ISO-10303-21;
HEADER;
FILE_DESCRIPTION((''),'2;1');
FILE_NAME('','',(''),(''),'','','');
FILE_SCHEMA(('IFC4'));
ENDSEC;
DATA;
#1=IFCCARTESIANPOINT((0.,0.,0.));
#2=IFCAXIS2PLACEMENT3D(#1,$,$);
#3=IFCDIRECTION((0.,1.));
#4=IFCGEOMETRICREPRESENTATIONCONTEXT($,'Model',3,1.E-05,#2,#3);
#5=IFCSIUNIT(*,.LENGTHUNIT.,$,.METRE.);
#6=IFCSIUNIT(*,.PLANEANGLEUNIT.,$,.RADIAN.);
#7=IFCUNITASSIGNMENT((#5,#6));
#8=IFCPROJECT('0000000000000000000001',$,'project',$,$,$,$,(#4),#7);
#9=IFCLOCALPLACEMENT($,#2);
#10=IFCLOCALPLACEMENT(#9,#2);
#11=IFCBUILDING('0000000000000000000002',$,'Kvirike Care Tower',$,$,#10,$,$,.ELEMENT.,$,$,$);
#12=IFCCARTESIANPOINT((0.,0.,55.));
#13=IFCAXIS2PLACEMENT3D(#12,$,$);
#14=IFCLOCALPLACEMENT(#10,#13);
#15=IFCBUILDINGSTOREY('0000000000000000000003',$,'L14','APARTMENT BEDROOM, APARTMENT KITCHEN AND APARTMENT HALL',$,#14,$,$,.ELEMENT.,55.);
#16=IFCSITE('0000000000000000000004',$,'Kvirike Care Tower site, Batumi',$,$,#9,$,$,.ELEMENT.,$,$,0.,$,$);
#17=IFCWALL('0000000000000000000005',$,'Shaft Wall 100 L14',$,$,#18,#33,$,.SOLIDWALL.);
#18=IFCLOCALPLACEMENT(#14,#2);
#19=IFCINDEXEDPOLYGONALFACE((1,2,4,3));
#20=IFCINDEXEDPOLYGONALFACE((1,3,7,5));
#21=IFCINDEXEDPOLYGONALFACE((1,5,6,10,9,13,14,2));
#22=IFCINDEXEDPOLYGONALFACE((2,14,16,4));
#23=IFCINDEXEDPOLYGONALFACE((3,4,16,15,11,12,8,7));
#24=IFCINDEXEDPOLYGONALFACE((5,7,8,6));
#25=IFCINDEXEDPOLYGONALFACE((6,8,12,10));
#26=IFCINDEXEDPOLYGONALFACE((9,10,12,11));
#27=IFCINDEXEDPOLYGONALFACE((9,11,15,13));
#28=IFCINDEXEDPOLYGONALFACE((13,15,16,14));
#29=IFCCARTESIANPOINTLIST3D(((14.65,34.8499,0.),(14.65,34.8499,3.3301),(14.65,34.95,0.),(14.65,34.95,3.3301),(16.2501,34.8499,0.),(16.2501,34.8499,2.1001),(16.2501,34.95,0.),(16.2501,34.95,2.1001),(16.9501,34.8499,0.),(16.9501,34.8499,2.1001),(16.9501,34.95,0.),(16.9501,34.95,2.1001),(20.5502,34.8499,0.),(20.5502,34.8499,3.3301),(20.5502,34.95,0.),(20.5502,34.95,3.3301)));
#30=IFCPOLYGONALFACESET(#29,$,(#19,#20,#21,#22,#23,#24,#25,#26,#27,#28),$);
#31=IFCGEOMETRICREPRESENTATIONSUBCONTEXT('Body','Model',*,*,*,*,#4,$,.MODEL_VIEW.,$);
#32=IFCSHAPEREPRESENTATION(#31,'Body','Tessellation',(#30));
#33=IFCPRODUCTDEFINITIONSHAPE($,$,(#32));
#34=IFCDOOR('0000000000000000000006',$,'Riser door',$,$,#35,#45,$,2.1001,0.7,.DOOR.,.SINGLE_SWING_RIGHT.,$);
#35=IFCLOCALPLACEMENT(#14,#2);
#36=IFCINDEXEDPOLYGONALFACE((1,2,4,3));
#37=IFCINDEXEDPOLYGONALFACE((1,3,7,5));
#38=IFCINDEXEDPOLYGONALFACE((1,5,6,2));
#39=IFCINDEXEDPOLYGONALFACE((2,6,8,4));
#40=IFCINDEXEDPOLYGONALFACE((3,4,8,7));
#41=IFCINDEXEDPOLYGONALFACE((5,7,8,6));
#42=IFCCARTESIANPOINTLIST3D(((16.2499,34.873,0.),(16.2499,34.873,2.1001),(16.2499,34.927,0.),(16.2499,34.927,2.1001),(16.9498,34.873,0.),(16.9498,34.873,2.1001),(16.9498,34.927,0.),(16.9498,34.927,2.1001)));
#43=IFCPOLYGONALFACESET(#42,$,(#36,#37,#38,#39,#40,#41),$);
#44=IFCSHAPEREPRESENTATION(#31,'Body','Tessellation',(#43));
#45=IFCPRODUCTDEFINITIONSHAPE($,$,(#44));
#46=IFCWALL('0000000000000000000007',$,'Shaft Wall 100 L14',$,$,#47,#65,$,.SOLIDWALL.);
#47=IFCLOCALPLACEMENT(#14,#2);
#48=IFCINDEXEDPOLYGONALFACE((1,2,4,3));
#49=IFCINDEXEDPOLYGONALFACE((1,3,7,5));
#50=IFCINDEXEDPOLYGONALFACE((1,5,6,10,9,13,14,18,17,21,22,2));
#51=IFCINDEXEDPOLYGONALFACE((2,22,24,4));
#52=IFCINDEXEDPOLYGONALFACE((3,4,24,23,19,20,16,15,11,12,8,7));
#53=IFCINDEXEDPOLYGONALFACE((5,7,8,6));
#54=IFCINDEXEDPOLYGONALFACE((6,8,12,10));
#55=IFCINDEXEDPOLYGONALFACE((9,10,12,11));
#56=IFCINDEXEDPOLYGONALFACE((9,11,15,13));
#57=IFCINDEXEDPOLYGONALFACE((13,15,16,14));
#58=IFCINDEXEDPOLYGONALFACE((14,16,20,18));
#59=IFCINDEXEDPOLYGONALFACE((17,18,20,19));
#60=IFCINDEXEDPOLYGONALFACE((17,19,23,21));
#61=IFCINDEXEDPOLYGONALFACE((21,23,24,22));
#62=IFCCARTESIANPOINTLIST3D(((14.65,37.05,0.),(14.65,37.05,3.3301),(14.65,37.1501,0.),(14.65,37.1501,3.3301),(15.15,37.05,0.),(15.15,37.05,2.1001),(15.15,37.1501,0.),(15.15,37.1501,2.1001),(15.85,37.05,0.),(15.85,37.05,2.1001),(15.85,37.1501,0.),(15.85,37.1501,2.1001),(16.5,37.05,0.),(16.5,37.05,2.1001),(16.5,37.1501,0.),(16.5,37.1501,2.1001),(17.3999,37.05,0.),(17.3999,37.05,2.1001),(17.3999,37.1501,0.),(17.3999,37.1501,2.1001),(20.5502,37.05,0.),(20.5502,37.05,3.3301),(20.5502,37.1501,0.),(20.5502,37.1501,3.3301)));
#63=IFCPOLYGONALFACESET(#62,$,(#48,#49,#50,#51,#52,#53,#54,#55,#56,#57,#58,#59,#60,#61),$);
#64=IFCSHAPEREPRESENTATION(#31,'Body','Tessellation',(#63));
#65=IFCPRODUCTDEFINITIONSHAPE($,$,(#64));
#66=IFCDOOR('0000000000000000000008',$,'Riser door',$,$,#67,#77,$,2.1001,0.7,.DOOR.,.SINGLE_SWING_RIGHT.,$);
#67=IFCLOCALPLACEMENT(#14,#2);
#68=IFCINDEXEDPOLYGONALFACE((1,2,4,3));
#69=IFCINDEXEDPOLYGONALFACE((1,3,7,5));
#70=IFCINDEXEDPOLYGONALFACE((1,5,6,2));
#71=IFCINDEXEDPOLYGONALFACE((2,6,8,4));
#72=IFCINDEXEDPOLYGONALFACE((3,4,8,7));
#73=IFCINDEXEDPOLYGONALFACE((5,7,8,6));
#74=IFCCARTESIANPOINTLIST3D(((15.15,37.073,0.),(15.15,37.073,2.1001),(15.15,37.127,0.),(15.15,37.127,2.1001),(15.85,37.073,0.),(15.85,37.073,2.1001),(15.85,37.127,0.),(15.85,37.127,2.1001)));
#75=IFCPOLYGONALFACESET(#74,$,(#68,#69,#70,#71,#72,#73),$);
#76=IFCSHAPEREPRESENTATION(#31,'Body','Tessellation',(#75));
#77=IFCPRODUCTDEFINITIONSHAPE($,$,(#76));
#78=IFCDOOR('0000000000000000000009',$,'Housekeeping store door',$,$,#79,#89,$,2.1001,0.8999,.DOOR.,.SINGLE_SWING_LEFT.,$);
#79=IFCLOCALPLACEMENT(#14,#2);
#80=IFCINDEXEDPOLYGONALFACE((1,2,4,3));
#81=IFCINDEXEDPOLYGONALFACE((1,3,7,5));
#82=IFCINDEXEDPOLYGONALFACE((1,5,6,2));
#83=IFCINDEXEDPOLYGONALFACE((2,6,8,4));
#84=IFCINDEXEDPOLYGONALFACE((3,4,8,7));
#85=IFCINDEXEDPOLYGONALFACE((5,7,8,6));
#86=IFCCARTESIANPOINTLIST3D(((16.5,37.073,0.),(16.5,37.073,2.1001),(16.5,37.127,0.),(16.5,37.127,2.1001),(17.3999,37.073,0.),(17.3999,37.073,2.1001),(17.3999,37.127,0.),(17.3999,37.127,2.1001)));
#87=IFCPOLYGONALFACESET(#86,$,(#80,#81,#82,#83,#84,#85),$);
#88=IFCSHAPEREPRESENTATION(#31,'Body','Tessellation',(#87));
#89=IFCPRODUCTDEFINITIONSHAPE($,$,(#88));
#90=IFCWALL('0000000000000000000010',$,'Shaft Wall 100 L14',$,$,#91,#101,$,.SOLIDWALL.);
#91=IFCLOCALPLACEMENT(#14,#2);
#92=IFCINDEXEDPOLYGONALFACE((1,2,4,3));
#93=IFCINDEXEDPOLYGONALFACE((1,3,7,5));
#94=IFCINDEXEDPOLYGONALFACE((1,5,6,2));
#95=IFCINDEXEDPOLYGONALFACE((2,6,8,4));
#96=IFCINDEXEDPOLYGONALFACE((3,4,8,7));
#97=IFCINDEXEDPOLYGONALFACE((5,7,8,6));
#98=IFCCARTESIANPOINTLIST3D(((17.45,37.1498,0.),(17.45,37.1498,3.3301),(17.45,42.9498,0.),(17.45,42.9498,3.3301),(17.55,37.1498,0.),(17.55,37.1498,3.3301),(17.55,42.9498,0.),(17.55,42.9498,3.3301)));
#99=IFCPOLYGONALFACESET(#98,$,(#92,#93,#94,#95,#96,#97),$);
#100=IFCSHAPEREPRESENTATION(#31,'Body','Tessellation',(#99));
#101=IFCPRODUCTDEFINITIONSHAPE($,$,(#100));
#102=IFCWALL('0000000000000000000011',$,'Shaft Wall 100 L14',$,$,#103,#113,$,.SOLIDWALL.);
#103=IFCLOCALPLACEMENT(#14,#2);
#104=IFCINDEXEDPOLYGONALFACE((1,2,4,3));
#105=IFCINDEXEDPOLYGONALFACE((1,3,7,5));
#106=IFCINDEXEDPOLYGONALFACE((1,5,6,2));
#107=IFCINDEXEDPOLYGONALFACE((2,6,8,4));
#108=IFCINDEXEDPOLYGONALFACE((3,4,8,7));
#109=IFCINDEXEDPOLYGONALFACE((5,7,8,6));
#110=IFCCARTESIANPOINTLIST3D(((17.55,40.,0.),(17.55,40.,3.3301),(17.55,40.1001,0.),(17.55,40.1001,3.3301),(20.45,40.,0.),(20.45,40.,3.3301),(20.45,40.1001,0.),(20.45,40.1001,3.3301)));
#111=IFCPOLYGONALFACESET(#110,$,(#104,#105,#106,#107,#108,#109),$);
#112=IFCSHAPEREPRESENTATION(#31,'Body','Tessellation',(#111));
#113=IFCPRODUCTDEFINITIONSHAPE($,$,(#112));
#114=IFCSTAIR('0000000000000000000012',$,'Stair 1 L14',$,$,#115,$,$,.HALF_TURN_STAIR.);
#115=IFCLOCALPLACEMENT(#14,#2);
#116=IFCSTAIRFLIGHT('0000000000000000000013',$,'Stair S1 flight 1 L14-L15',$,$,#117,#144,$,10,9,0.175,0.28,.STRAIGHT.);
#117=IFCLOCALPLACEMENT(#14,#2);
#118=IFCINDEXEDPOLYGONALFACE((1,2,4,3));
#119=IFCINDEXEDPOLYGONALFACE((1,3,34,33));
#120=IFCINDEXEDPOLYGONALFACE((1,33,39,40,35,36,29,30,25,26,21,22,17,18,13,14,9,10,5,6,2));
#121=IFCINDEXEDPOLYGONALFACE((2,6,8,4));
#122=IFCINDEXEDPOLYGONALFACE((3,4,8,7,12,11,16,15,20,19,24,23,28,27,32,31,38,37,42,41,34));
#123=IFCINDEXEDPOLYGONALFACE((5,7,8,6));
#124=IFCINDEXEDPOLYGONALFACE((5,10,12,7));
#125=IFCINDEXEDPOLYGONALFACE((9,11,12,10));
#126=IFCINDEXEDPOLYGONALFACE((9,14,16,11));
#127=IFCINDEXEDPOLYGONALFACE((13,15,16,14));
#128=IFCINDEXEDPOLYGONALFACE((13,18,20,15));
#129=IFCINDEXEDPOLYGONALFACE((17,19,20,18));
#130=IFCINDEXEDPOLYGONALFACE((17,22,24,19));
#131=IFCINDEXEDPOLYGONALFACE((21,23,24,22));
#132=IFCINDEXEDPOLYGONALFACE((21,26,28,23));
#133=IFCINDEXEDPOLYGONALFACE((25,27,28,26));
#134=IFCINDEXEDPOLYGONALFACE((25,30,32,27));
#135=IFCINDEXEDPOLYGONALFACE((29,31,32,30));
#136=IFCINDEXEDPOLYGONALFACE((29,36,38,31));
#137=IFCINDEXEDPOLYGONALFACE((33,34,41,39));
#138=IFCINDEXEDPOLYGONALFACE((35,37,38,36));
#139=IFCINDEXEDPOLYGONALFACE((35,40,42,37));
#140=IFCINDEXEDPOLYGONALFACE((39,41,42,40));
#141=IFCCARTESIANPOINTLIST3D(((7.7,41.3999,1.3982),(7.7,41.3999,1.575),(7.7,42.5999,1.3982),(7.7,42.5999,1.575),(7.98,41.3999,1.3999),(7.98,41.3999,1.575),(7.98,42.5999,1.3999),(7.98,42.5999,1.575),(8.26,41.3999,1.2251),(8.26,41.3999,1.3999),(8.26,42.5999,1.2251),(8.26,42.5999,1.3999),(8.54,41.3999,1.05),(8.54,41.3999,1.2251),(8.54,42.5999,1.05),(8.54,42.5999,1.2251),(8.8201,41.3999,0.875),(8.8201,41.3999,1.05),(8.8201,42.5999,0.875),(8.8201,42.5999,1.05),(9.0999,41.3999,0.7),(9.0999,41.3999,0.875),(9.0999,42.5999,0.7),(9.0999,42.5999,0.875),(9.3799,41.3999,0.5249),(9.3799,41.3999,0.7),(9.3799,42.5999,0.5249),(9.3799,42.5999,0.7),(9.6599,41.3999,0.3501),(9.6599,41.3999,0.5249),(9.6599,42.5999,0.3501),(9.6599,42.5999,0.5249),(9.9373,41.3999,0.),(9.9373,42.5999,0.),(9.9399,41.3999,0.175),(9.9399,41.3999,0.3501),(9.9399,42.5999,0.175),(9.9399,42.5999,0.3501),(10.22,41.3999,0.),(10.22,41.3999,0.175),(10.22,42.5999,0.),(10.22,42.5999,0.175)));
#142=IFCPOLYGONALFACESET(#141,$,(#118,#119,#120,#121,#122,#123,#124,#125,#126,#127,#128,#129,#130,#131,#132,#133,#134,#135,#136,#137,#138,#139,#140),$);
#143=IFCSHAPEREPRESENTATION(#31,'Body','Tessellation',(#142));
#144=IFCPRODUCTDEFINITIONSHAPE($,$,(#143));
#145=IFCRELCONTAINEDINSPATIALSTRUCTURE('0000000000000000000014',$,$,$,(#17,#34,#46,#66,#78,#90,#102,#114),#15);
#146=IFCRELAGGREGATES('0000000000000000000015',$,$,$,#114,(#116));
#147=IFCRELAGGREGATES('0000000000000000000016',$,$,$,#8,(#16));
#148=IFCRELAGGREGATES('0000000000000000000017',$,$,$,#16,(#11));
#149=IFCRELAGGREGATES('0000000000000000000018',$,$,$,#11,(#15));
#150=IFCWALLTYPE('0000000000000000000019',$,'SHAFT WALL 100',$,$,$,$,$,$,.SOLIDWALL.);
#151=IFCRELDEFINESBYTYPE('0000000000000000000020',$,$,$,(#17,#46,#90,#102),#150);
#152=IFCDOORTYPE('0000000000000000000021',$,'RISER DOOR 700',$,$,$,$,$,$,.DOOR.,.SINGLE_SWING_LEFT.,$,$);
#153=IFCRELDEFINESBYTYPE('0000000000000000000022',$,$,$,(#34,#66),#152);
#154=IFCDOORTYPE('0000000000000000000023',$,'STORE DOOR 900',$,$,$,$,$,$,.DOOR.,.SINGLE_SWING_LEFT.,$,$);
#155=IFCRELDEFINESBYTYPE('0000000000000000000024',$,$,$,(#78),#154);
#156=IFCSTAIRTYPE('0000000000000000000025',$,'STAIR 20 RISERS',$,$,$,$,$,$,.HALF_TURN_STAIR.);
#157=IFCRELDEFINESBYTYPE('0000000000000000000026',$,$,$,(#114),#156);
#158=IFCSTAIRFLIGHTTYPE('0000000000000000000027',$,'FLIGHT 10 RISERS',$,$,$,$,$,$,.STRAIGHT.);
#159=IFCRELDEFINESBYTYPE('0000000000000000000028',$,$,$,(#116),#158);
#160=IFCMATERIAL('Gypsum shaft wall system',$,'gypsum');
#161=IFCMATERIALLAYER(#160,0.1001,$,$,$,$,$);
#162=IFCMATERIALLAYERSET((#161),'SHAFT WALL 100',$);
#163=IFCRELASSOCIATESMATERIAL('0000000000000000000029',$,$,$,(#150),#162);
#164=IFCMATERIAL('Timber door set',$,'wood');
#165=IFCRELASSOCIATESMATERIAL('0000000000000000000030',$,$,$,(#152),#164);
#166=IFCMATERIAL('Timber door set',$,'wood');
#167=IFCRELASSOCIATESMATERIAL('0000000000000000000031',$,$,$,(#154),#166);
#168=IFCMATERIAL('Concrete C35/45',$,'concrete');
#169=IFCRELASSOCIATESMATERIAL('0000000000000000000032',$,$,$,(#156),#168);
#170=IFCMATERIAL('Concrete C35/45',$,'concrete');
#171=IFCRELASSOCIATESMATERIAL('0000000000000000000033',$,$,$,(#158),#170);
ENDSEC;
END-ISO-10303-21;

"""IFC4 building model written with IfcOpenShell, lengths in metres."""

from ifc_helpers import new_model, si_unit, direction, frame, frame_2d, origin, place, context, subcontext, project, spatial, polyline, rectangle, outline, extrude, material, layer, layer_set, type_object, element, fill, aggregate, save


model = new_model("IFC4")

# Units and contexts
model_context = context("Model", 3, precision=1e-05, world=origin(), true_north=direction((0.0, 1.0)))
body_context = subcontext(model_context, "Body", "Model", "MODEL_VIEW")
ifc_project = project(units=[si_unit("LENGTHUNIT", "METRE"), si_unit("PLANEANGLEUNIT", "RADIAN")], contexts=[model_context])

# Site, building, storey
site_placement = place(None, origin())
site = spatial("IfcSite", under=ifc_project, at=site_placement, Name="Kvirike Care Tower site, Batumi", CompositionType="ELEMENT", RefElevation=0.0)
building_placement = place(site_placement, origin())
building = spatial("IfcBuilding", under=site, at=building_placement, Name="Kvirike Care Tower", CompositionType="ELEMENT")
storey_placement = place(building_placement, frame((0.0, 0.0, 55.0)))
storey = spatial("IfcBuildingStorey", under=building, at=storey_placement, Name="L14", Description="APARTMENT BEDROOM, APARTMENT KITCHEN AND APARTMENT HALL", CompositionType="ELEMENT", Elevation=55.0)

# Shared definitions
ifc_material_1 = material(Name="Gypsum shaft wall system", Category="gypsum")
ifc_layer_1 = layer(ifc_material_1, 0.1001)
ifc_layer_set_1 = layer_set([ifc_layer_1], Name="SHAFT WALL 100")
wall_type_1 = type_object("IfcWallType", Name="SHAFT WALL 100", PredefinedType="SOLIDWALL", material=ifc_layer_set_1)

# Wall, opening, door
wall_1_placement = place(storey_placement, frame((14.6499, 34.8999, 0.0), z_axis=(0.0, 0.0, 1.0), x_axis=(1.0, 0.0, 0.0)))
wall_1 = element("IfcWall", 1, at=wall_1_placement, inside=storey, type_object=wall_type_1, Name="Shaft Wall 100 L14", PredefinedType="SOLIDWALL", context=body_context, shape_type="SweptSolid", body=[
    extrude(rectangle(XDim=5.9001, YDim=0.1001, at=frame_2d((2.9502, 0.0))), origin(), (0.0, 0.0, 1.0), 3.3301),
])
opening_1_placement = place(wall_1_placement, frame((1.6001, 0.0, 0.0)))
opening_1 = element("IfcOpeningElement", 2, at=opening_1_placement, cuts=wall_1, PredefinedType="OPENING", context=body_context, shape_type="SweptSolid", body=[
    extrude(rectangle(XDim=0.7, YDim=2.1001, at=frame_2d((0.3501, 1.05))), frame((0.0, 0.0605, 0.0), z_axis=(0.0, -1.0, 0.0), x_axis=(1.0, 0.0, 0.0)), (0.0, 0.0, 1.0), 0.1211),
])
ifc_material_2 = material(Name="Timber door set", Category="wood")
door_type_1 = type_object("IfcDoorType", Name="RISER DOOR 700", OperationType="SINGLE_SWING_LEFT", PredefinedType="DOOR", material=ifc_material_2)
door_1_placement = place(opening_1_placement, frame((0.7, 0.0, 0.0), z_axis=(0.0, 0.0, 1.0), x_axis=(-1.0, 0.0, 0.0)))
door_1 = element("IfcDoor", 3, at=door_1_placement, inside=storey, type_object=door_type_1, Name="Riser door", OperationType="SINGLE_SWING_RIGHT", OverallHeight=2.1001, OverallWidth=0.7, PredefinedType="DOOR", context=body_context, shape_type="SweptSolid", body=[
    extrude(rectangle(XDim=0.7, YDim=2.1001, at=frame_2d((0.3501, 1.05))), frame((0.0, 0.0269, 0.0), z_axis=(0.0, -1.0, 0.0), x_axis=(1.0, 0.0, 0.0)), (0.0, 0.0, 1.0), 0.054),
])
fill(opening_1, door_1)

# Wall, openings, doors
wall_2_placement = place(storey_placement, frame((14.6499, 37.1001, 0.0), z_axis=(0.0, 0.0, 1.0), x_axis=(1.0, 0.0, 0.0)))
wall_2 = element("IfcWall", 4, at=wall_2_placement, inside=storey, type_object=wall_type_1, Name="Shaft Wall 100 L14", PredefinedType="SOLIDWALL", context=body_context, shape_type="SweptSolid", body=[
    extrude(rectangle(XDim=5.9001, YDim=0.1001, at=frame_2d((2.9502, 0.0))), origin(), (0.0, 0.0, 1.0), 3.3301),
])
opening_2_placement = place(wall_2_placement, frame((0.5, 0.0, 0.0)))
opening_2 = element("IfcOpeningElement", 5, at=opening_2_placement, cuts=wall_2, PredefinedType="OPENING", context=body_context, shape_type="SweptSolid", body=[
    extrude(rectangle(XDim=0.7, YDim=2.1001, at=frame_2d((0.3501, 1.05))), frame((0.0, 0.0605, 0.0), z_axis=(0.0, -1.0, 0.0), x_axis=(1.0, 0.0, 0.0)), (0.0, 0.0, 1.0), 0.1211),
])
opening_3_placement = place(wall_2_placement, frame((1.8501, 0.0, 0.0)))
opening_3 = element("IfcOpeningElement", 6, at=opening_3_placement, cuts=wall_2, PredefinedType="OPENING", context=body_context, shape_type="SweptSolid", body=[
    extrude(rectangle(XDim=0.8999, YDim=2.1001, at=frame_2d((0.45, 1.05))), frame((0.0, 0.0605, 0.0), z_axis=(0.0, -1.0, 0.0), x_axis=(1.0, 0.0, 0.0)), (0.0, 0.0, 1.0), 0.1211),
])
door_2_placement = place(opening_2_placement, origin())
door_2 = element("IfcDoor", 7, at=door_2_placement, inside=storey, type_object=door_type_1, Name="Riser door", OperationType="SINGLE_SWING_RIGHT", OverallHeight=2.1001, OverallWidth=0.7, PredefinedType="DOOR", context=body_context, shape_type="SweptSolid", body=[
    extrude(rectangle(XDim=0.7, YDim=2.1001, at=frame_2d((0.3501, 1.05))), frame((0.0, 0.0269, 0.0), z_axis=(0.0, -1.0, 0.0), x_axis=(1.0, 0.0, 0.0)), (0.0, 0.0, 1.0), 0.054),
])
fill(opening_2, door_2)
ifc_material_3 = material(Name="Timber door set", Category="wood")
door_type_2 = type_object("IfcDoorType", Name="STORE DOOR 900", OperationType="SINGLE_SWING_LEFT", PredefinedType="DOOR", material=ifc_material_3)
door_3_placement = place(opening_3_placement, origin())
door_3 = element("IfcDoor", 8, at=door_3_placement, inside=storey, type_object=door_type_2, Name="Housekeeping store door", OperationType="SINGLE_SWING_LEFT", OverallHeight=2.1001, OverallWidth=0.8999, PredefinedType="DOOR", context=body_context, shape_type="SweptSolid", body=[
    extrude(rectangle(XDim=0.8999, YDim=2.1001, at=frame_2d((0.45, 1.05))), frame((0.0, 0.0269, 0.0), z_axis=(0.0, -1.0, 0.0), x_axis=(1.0, 0.0, 0.0)), (0.0, 0.0, 1.0), 0.054),
])
fill(opening_3, door_3)

# Walls
wall_3_placement = place(storey_placement, frame((17.5, 37.1499, 0.0), z_axis=(0.0, 0.0, 1.0), x_axis=(0.0, 1.0, 0.0)))
element("IfcWall", 9, at=wall_3_placement, inside=storey, type_object=wall_type_1, Name="Shaft Wall 100 L14", PredefinedType="SOLIDWALL", context=body_context, shape_type="SweptSolid", body=[
    extrude(rectangle(XDim=5.8, YDim=0.1001, at=frame_2d((2.8999, 0.0))), origin(), (0.0, 0.0, 1.0), 3.3301),
])
wall_4_placement = place(storey_placement, frame((17.55, 40.05, 0.0), z_axis=(0.0, 0.0, 1.0), x_axis=(1.0, 0.0, 0.0)))
element("IfcWall", 10, at=wall_4_placement, inside=storey, type_object=wall_type_1, Name="Shaft Wall 100 L14", PredefinedType="SOLIDWALL", context=body_context, shape_type="SweptSolid", body=[
    extrude(rectangle(XDim=2.8999, YDim=0.1001, at=frame_2d((1.45, 0.0))), origin(), (0.0, 0.0, 1.0), 3.3301),
])

# Stair, stair flight
ifc_material_4 = material(Name="Concrete C35/45", Category="concrete")
stair_type = type_object("IfcStairType", Name="STAIR 20 RISERS", PredefinedType="HALF_TURN_STAIR", material=ifc_material_4)
stair_placement = place(storey_placement, origin())
stair = element("IfcStair", 11, at=stair_placement, inside=storey, type_object=stair_type, Name="Stair 1 L14", PredefinedType="HALF_TURN_STAIR")
ifc_material_5 = material(Name="Concrete C35/45", Category="concrete")
stair_flight_type = type_object("IfcStairFlightType", Name="FLIGHT 10 RISERS", PredefinedType="STRAIGHT", material=ifc_material_5)
stair_flight_placement = place(storey_placement, frame((10.22, 42.0, 0.0), z_axis=(0.0, 0.0, 1.0), x_axis=(-1.0, 0.0, 0.0)))
stair_flight = element("IfcStairFlight", 12, at=stair_flight_placement, type_object=stair_flight_type, Name="Stair S1 flight 1 L14-L15", NumberOfRisers=10, NumberOfTreads=9, PredefinedType="STRAIGHT", RiserHeight=0.175, TreadLength=0.28, context=body_context, shape_type="SweptSolid", body=[
    extrude(outline(polyline([(0.0, 0.0), (0.0, 0.175), (0.28, 0.175), (0.28, 0.3501), (0.5601, 0.3501), (0.5601, 0.5249), (0.8401, 0.5249), (0.8401, 0.7), (1.1201, 0.7), (1.1201, 0.875), (1.3999, 0.875), (1.3999, 1.05), (1.6799, 1.05), (1.6799, 1.2251), (1.96, 1.2251), (1.96, 1.3999), (2.24, 1.3999), (2.24, 1.575), (2.52, 1.575), (2.52, 1.75), (2.52, 1.3982), (0.2827, 0.0), (0.0, 0.0)])), frame((0.0, 0.6001, 0.0), z_axis=(0.0, -1.0, 0.0), x_axis=(1.0, 0.0, 0.0)), (0.0, 0.0, 1.0), 1.2),
])
aggregate(stair, [stair_flight])

save(model, "model.ifc")
